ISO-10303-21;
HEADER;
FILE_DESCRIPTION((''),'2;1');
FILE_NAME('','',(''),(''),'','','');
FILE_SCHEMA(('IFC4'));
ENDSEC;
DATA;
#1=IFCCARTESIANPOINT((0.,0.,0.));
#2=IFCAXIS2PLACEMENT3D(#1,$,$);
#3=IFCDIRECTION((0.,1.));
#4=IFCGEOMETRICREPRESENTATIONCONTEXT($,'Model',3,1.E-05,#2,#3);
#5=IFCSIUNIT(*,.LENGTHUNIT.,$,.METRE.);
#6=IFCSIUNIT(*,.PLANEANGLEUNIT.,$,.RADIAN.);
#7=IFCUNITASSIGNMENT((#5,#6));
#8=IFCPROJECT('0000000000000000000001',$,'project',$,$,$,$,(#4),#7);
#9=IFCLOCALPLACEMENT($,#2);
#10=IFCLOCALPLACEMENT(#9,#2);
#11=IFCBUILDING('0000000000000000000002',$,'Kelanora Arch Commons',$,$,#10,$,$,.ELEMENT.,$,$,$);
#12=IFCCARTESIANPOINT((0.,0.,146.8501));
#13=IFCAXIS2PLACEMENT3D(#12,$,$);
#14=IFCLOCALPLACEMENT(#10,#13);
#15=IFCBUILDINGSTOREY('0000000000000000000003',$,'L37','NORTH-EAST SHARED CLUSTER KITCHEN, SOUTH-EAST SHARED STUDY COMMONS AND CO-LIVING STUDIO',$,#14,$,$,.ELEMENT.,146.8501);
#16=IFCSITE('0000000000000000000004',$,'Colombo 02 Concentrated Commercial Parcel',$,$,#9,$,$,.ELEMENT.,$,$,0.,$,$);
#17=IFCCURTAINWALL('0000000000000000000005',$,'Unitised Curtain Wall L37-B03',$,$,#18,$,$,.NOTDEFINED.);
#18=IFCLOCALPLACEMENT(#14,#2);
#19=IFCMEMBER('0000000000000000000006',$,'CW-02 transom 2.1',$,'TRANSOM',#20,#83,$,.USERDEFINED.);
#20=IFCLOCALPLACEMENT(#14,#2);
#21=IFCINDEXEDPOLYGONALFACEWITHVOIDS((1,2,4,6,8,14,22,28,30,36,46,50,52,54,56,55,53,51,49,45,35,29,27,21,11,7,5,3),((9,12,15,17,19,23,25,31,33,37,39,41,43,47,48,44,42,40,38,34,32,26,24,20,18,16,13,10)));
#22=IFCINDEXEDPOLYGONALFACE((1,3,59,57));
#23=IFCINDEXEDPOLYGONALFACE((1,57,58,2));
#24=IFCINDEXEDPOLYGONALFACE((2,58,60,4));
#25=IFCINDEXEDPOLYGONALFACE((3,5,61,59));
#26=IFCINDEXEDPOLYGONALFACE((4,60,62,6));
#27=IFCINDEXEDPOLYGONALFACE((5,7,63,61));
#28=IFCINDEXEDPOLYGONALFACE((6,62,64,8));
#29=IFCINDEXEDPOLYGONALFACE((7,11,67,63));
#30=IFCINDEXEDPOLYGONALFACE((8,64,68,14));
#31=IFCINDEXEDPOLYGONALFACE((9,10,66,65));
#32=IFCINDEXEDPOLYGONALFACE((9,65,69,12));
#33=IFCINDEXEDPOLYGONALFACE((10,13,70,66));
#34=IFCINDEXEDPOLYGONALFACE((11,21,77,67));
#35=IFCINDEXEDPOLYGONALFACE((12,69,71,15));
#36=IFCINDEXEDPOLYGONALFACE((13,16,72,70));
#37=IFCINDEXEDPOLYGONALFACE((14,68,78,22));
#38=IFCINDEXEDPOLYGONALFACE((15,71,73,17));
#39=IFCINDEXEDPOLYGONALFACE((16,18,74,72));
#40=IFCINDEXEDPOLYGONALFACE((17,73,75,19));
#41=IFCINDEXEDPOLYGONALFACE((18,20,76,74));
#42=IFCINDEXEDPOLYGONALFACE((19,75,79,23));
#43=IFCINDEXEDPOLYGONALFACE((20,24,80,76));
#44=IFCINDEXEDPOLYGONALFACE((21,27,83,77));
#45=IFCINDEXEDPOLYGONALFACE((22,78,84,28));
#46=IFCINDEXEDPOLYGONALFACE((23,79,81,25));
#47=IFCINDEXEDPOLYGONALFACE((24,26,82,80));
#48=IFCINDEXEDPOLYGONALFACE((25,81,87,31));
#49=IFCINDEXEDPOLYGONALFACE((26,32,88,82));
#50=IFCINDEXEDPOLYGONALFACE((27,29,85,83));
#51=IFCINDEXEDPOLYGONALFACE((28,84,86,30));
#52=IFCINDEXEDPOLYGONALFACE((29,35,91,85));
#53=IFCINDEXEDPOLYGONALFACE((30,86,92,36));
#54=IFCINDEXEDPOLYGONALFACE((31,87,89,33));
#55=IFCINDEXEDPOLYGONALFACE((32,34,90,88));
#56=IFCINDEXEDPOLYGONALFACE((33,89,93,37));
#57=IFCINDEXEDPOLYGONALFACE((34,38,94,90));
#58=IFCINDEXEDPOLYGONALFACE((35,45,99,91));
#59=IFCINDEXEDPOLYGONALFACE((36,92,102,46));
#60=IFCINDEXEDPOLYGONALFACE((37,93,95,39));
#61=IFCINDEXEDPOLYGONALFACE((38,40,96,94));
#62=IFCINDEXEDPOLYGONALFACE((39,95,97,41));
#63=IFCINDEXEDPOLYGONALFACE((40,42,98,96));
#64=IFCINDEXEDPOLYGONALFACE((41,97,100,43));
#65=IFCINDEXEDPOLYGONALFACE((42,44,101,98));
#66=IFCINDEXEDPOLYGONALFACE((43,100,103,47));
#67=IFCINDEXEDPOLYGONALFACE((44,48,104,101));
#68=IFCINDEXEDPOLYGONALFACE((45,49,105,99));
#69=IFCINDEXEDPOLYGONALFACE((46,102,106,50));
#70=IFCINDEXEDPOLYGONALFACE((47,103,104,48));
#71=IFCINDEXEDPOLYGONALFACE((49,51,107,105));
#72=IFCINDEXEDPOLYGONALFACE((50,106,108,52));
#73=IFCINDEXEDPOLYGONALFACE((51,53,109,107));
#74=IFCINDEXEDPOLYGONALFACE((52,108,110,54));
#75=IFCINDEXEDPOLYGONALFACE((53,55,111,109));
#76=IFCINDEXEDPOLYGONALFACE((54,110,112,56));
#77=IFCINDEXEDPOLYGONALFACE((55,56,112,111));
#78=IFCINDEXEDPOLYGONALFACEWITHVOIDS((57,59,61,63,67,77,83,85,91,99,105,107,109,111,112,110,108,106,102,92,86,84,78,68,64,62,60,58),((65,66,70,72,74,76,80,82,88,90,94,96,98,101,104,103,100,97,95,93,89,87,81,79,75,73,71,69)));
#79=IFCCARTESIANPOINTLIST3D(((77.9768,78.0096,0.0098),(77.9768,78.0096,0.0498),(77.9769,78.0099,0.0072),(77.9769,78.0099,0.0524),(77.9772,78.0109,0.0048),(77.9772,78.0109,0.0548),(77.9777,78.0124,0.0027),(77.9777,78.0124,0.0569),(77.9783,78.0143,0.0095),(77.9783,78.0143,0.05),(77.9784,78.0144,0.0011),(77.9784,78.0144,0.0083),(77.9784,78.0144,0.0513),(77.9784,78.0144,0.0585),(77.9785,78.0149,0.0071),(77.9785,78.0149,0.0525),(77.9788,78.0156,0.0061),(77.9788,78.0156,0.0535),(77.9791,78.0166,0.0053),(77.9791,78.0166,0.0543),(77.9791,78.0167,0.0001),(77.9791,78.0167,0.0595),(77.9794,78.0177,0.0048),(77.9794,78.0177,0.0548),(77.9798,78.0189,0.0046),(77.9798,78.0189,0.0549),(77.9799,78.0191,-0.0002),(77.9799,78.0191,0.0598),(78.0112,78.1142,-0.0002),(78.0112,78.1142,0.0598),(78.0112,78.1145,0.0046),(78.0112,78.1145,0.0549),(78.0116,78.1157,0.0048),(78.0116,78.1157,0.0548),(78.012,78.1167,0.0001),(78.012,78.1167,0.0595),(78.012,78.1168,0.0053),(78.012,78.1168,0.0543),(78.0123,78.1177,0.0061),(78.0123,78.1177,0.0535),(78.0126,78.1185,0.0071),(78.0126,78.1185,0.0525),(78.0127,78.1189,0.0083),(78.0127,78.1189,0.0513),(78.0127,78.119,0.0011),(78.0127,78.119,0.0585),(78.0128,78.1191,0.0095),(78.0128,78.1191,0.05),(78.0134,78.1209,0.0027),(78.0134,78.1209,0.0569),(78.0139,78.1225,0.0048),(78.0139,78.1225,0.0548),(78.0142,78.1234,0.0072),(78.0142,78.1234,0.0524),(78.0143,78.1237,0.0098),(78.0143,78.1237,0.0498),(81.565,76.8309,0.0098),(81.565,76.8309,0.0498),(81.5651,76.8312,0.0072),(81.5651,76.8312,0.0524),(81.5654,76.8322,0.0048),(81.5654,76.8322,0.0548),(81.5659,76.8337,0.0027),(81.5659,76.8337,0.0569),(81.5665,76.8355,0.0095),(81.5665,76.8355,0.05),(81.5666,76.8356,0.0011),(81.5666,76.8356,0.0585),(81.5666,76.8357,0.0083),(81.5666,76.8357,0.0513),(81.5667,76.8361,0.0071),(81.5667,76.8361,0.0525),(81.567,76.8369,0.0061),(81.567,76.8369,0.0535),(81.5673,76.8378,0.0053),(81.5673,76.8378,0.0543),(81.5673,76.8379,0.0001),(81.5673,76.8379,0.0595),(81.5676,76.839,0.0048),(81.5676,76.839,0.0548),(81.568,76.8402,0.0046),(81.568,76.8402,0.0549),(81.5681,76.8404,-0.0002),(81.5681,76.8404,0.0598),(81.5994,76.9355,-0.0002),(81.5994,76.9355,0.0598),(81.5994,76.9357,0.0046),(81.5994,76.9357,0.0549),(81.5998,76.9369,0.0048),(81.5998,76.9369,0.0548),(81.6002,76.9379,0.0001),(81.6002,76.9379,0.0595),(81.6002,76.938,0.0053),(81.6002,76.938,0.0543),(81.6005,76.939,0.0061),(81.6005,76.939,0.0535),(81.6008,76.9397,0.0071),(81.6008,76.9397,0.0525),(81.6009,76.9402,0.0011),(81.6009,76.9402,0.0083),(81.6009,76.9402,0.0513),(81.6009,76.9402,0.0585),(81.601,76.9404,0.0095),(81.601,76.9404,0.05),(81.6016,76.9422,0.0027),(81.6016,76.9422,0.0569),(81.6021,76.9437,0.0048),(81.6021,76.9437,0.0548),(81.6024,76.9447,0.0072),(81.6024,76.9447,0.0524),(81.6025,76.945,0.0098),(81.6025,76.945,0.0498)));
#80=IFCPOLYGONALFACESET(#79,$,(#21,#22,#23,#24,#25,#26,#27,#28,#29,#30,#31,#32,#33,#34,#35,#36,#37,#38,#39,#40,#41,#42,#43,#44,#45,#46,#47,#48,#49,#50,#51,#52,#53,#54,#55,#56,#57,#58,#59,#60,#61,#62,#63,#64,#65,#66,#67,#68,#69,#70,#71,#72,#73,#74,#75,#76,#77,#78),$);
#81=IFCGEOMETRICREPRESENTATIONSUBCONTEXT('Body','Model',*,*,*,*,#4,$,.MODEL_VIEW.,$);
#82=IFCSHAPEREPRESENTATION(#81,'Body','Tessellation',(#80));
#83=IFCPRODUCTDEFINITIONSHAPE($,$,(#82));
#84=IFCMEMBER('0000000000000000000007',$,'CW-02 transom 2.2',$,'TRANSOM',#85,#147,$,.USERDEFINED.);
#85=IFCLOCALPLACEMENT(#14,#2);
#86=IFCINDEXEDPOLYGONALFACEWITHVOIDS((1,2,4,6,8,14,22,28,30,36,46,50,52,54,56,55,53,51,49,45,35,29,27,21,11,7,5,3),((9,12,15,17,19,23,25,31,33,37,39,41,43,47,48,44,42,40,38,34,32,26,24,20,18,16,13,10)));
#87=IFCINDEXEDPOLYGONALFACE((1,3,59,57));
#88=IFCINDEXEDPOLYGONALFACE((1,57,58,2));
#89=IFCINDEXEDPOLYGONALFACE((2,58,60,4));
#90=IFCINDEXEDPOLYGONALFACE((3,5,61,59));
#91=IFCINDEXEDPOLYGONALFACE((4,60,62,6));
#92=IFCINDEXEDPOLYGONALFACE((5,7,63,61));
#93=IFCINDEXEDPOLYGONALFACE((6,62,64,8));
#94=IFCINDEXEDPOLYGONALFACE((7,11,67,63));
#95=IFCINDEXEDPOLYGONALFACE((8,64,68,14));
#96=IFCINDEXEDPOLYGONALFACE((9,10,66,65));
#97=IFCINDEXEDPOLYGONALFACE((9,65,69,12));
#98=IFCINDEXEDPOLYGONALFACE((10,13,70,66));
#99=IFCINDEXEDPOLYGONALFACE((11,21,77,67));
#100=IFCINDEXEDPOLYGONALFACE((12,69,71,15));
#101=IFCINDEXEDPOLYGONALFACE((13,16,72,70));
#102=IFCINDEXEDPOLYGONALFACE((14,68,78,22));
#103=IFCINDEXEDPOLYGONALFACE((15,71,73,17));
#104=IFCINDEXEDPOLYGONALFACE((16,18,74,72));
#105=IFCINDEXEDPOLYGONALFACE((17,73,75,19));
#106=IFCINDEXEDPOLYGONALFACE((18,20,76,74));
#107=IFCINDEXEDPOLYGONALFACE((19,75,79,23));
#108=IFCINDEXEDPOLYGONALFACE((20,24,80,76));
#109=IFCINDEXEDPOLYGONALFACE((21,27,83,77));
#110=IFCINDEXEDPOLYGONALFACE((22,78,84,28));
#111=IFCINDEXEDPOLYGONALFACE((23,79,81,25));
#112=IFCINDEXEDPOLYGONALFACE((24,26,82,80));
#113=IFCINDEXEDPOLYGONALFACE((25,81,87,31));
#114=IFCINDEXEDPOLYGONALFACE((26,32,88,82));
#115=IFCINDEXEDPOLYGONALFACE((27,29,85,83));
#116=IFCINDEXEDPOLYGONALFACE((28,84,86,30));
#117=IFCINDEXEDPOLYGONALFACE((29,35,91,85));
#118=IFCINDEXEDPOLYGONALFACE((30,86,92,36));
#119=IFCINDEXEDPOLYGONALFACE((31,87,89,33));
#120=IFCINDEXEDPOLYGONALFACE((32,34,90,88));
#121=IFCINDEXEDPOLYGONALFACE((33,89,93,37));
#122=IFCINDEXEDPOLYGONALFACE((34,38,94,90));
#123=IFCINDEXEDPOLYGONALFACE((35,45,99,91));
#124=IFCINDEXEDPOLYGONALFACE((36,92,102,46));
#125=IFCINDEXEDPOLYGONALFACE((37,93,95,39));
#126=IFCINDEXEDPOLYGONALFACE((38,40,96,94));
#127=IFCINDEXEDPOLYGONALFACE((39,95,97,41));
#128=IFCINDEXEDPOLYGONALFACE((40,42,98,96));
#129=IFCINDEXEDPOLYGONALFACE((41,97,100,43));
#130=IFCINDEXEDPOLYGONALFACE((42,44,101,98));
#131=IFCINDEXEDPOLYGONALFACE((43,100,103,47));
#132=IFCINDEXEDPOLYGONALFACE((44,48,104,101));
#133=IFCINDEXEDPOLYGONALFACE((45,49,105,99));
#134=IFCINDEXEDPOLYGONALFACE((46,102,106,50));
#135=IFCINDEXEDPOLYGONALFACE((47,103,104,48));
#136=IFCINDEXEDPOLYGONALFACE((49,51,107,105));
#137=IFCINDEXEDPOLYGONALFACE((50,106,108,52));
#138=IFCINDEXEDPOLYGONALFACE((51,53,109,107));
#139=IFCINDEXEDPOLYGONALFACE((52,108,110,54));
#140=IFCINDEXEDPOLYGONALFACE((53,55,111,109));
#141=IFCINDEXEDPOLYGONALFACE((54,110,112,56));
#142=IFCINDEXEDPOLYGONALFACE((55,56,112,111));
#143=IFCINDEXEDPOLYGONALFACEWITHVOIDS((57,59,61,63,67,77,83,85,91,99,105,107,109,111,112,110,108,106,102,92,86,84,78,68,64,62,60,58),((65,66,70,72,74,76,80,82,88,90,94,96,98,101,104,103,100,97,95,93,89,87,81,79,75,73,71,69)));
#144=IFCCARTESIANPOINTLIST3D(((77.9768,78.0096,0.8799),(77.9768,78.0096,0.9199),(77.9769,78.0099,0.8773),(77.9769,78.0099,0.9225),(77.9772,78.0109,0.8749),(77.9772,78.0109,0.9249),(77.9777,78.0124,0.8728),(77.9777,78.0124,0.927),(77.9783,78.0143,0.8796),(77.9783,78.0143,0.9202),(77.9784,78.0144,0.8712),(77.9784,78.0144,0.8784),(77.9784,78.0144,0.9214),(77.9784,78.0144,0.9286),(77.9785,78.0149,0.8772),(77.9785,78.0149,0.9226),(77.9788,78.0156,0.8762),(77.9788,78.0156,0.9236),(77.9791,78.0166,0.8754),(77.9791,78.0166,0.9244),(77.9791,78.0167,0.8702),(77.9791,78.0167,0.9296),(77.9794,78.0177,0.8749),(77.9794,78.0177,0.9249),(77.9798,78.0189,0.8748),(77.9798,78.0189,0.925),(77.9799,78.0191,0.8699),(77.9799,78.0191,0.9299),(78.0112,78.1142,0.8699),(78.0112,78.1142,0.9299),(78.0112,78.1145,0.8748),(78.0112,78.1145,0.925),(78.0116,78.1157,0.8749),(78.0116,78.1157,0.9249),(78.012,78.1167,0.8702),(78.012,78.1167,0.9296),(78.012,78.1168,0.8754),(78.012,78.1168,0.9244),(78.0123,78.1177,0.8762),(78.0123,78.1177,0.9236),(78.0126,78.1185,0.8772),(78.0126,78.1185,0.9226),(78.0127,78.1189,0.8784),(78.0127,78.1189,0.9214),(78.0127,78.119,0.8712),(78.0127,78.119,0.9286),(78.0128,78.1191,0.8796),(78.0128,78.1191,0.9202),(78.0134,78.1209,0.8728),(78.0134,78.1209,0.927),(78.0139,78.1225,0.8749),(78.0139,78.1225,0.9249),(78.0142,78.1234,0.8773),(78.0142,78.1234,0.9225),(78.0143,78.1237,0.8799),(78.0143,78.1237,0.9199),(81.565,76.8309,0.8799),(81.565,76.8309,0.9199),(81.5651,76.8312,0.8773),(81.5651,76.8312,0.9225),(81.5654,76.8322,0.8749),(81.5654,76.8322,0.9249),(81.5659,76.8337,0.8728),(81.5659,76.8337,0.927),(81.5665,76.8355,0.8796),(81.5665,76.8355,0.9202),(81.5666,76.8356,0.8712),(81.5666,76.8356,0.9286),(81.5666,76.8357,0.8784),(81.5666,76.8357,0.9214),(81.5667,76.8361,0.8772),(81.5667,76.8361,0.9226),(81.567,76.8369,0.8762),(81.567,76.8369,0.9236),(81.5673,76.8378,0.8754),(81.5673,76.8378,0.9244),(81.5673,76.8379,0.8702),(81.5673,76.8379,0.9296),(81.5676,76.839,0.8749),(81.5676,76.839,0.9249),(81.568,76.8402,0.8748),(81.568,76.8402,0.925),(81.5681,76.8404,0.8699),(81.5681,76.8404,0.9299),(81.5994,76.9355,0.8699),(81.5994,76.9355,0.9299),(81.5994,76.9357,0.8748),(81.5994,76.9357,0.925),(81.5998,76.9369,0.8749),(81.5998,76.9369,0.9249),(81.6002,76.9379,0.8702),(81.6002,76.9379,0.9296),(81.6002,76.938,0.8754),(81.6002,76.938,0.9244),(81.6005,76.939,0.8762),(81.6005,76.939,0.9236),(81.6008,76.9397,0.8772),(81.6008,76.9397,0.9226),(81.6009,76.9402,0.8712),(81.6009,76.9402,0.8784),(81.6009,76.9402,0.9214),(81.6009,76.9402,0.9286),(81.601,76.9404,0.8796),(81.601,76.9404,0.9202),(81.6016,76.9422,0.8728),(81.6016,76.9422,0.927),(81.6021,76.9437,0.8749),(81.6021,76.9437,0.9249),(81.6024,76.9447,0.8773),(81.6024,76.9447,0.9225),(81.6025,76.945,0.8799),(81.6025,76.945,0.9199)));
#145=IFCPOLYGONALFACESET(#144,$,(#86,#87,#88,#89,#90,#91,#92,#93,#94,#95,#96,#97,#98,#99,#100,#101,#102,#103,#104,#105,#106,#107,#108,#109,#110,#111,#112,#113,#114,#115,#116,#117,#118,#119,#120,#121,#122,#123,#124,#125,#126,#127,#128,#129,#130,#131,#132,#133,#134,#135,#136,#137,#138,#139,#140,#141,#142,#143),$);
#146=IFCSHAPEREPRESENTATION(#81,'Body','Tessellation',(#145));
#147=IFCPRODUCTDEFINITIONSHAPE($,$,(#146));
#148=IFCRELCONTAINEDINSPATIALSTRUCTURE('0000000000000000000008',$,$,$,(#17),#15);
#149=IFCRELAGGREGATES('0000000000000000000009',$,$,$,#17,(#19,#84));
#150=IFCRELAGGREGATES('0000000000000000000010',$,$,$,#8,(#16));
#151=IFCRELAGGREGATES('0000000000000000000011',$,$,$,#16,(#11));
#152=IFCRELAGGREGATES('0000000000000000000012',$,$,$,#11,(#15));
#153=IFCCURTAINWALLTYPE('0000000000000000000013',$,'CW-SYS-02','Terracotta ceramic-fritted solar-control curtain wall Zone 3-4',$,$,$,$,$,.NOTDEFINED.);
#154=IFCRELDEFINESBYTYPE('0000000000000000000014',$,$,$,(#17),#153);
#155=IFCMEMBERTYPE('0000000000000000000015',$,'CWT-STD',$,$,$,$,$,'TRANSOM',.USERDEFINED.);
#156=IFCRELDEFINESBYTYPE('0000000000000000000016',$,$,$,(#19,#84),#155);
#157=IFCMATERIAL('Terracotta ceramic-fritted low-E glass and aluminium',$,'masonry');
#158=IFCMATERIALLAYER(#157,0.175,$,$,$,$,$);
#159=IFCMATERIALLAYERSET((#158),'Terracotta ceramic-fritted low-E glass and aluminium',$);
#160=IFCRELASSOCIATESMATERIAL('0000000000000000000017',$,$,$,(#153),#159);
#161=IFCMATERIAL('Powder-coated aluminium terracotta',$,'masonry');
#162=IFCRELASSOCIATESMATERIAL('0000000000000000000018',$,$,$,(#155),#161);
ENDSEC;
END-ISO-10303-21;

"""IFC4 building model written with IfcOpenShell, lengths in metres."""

from ifc_helpers import new_model, si_unit, direction, frame, origin, origin_2d, place, context, subcontext, project, spatial, hollow_rectangle, extrude, material, layer, layer_set, material_profile, profile_set, type_object, element, aggregate, save


model = new_model("IFC4")

# Units and contexts
model_context = context("Model", 3, precision=1e-05, world=origin(), true_north=direction((0.0, 1.0)))
body_context = subcontext(model_context, "Body", "Model", "MODEL_VIEW")
ifc_project = project(units=[si_unit("LENGTHUNIT", "METRE"), si_unit("PLANEANGLEUNIT", "RADIAN")], contexts=[model_context])

# Site, building, storey
site_placement = place(None, origin())
site = spatial("IfcSite", under=ifc_project, at=site_placement, Name="Colombo 02 Concentrated Commercial Parcel", CompositionType="ELEMENT", RefElevation=0.0)
building_placement = place(site_placement, origin())
building = spatial("IfcBuilding", under=site, at=building_placement, Name="Kelanora Arch Commons", CompositionType="ELEMENT")
storey_placement = place(building_placement, frame((0.0, 0.0, 146.8501)))
storey = spatial("IfcBuildingStorey", under=building, at=storey_placement, Name="L37", Description="NORTH-EAST SHARED CLUSTER KITCHEN, SOUTH-EAST SHARED STUDY COMMONS AND CO-LIVING STUDIO", CompositionType="ELEMENT", Elevation=146.8501)

# Curtain wall, members
ifc_material_1 = material(Name="Terracotta ceramic-fritted low-E glass and aluminium", Category="masonry")
ifc_layer_1 = layer(ifc_material_1, 0.175)
ifc_layer_set_1 = layer_set([ifc_layer_1], Name="Terracotta ceramic-fritted low-E glass and aluminium")
curtain_wall_type = type_object("IfcCurtainWallType", Name="CW-SYS-02", Description="Terracotta ceramic-fritted solar-control curtain wall Zone 3-4", PredefinedType="NOTDEFINED", material=ifc_layer_set_1)
curtain_wall_placement = place(storey_placement, origin())
curtain_wall = element("IfcCurtainWall", 1, at=curtain_wall_placement, inside=storey, type_object=curtain_wall_type, Name="Unitised Curtain Wall L37-B03", PredefinedType="NOTDEFINED")
ifc_material_2 = material(Name="Powder-coated aluminium terracotta", Category="masonry")
ifc_material_profile_1 = material_profile(ifc_material_2, hollow_rectangle(XDim=0.1201, YDim=0.0601, WallThickness=0.0049, InnerFilletRadius=0.0049, OuterFilletRadius=0.01, at=origin_2d()), Name="CWT120x60")
ifc_profile_set_1 = profile_set([ifc_material_profile_1], Name="Powder-coated aluminium terracotta")
member_type_1 = type_object("IfcMemberType", Name="CWT-STD", ElementType="TRANSOM", PredefinedType="USERDEFINED", material=ifc_profile_set_1)
member_1_placement = place(storey_placement, frame((81.5837, 76.8879, 0.0298), z_axis=(-0.950051, 0.312094, 0.0), x_axis=(-0.312094, -0.950051, 0.0)))
member_1 = element("IfcMember", 2, at=member_1_placement, type_object=member_type_1, Name="CW-02 transom 2.1", ObjectType="TRANSOM", PredefinedType="USERDEFINED", context=body_context, shape_type="SweptSolid", body=[
    extrude(hollow_rectangle(XDim=0.1201, YDim=0.0601, WallThickness=0.0049, InnerFilletRadius=0.0049, OuterFilletRadius=0.01, at=origin_2d()), origin(), (0.0, 0.0, 1.0), 3.7769),
])
member_2_placement = place(storey_placement, frame((81.5837, 76.8879, 0.8999), z_axis=(-0.950051, 0.312094, 0.0), x_axis=(-0.312094, -0.950051, 0.0)))
member_2 = element("IfcMember", 3, at=member_2_placement, type_object=member_type_1, Name="CW-02 transom 2.2", ObjectType="TRANSOM", PredefinedType="USERDEFINED", context=body_context, shape_type="SweptSolid", body=[
    extrude(hollow_rectangle(XDim=0.1201, YDim=0.0601, WallThickness=0.0049, InnerFilletRadius=0.0049, OuterFilletRadius=0.01, at=origin_2d()), origin(), (0.0, 0.0, 1.0), 3.7769),
])
aggregate(curtain_wall, [member_1, member_2])

save(model, "model.ifc")
